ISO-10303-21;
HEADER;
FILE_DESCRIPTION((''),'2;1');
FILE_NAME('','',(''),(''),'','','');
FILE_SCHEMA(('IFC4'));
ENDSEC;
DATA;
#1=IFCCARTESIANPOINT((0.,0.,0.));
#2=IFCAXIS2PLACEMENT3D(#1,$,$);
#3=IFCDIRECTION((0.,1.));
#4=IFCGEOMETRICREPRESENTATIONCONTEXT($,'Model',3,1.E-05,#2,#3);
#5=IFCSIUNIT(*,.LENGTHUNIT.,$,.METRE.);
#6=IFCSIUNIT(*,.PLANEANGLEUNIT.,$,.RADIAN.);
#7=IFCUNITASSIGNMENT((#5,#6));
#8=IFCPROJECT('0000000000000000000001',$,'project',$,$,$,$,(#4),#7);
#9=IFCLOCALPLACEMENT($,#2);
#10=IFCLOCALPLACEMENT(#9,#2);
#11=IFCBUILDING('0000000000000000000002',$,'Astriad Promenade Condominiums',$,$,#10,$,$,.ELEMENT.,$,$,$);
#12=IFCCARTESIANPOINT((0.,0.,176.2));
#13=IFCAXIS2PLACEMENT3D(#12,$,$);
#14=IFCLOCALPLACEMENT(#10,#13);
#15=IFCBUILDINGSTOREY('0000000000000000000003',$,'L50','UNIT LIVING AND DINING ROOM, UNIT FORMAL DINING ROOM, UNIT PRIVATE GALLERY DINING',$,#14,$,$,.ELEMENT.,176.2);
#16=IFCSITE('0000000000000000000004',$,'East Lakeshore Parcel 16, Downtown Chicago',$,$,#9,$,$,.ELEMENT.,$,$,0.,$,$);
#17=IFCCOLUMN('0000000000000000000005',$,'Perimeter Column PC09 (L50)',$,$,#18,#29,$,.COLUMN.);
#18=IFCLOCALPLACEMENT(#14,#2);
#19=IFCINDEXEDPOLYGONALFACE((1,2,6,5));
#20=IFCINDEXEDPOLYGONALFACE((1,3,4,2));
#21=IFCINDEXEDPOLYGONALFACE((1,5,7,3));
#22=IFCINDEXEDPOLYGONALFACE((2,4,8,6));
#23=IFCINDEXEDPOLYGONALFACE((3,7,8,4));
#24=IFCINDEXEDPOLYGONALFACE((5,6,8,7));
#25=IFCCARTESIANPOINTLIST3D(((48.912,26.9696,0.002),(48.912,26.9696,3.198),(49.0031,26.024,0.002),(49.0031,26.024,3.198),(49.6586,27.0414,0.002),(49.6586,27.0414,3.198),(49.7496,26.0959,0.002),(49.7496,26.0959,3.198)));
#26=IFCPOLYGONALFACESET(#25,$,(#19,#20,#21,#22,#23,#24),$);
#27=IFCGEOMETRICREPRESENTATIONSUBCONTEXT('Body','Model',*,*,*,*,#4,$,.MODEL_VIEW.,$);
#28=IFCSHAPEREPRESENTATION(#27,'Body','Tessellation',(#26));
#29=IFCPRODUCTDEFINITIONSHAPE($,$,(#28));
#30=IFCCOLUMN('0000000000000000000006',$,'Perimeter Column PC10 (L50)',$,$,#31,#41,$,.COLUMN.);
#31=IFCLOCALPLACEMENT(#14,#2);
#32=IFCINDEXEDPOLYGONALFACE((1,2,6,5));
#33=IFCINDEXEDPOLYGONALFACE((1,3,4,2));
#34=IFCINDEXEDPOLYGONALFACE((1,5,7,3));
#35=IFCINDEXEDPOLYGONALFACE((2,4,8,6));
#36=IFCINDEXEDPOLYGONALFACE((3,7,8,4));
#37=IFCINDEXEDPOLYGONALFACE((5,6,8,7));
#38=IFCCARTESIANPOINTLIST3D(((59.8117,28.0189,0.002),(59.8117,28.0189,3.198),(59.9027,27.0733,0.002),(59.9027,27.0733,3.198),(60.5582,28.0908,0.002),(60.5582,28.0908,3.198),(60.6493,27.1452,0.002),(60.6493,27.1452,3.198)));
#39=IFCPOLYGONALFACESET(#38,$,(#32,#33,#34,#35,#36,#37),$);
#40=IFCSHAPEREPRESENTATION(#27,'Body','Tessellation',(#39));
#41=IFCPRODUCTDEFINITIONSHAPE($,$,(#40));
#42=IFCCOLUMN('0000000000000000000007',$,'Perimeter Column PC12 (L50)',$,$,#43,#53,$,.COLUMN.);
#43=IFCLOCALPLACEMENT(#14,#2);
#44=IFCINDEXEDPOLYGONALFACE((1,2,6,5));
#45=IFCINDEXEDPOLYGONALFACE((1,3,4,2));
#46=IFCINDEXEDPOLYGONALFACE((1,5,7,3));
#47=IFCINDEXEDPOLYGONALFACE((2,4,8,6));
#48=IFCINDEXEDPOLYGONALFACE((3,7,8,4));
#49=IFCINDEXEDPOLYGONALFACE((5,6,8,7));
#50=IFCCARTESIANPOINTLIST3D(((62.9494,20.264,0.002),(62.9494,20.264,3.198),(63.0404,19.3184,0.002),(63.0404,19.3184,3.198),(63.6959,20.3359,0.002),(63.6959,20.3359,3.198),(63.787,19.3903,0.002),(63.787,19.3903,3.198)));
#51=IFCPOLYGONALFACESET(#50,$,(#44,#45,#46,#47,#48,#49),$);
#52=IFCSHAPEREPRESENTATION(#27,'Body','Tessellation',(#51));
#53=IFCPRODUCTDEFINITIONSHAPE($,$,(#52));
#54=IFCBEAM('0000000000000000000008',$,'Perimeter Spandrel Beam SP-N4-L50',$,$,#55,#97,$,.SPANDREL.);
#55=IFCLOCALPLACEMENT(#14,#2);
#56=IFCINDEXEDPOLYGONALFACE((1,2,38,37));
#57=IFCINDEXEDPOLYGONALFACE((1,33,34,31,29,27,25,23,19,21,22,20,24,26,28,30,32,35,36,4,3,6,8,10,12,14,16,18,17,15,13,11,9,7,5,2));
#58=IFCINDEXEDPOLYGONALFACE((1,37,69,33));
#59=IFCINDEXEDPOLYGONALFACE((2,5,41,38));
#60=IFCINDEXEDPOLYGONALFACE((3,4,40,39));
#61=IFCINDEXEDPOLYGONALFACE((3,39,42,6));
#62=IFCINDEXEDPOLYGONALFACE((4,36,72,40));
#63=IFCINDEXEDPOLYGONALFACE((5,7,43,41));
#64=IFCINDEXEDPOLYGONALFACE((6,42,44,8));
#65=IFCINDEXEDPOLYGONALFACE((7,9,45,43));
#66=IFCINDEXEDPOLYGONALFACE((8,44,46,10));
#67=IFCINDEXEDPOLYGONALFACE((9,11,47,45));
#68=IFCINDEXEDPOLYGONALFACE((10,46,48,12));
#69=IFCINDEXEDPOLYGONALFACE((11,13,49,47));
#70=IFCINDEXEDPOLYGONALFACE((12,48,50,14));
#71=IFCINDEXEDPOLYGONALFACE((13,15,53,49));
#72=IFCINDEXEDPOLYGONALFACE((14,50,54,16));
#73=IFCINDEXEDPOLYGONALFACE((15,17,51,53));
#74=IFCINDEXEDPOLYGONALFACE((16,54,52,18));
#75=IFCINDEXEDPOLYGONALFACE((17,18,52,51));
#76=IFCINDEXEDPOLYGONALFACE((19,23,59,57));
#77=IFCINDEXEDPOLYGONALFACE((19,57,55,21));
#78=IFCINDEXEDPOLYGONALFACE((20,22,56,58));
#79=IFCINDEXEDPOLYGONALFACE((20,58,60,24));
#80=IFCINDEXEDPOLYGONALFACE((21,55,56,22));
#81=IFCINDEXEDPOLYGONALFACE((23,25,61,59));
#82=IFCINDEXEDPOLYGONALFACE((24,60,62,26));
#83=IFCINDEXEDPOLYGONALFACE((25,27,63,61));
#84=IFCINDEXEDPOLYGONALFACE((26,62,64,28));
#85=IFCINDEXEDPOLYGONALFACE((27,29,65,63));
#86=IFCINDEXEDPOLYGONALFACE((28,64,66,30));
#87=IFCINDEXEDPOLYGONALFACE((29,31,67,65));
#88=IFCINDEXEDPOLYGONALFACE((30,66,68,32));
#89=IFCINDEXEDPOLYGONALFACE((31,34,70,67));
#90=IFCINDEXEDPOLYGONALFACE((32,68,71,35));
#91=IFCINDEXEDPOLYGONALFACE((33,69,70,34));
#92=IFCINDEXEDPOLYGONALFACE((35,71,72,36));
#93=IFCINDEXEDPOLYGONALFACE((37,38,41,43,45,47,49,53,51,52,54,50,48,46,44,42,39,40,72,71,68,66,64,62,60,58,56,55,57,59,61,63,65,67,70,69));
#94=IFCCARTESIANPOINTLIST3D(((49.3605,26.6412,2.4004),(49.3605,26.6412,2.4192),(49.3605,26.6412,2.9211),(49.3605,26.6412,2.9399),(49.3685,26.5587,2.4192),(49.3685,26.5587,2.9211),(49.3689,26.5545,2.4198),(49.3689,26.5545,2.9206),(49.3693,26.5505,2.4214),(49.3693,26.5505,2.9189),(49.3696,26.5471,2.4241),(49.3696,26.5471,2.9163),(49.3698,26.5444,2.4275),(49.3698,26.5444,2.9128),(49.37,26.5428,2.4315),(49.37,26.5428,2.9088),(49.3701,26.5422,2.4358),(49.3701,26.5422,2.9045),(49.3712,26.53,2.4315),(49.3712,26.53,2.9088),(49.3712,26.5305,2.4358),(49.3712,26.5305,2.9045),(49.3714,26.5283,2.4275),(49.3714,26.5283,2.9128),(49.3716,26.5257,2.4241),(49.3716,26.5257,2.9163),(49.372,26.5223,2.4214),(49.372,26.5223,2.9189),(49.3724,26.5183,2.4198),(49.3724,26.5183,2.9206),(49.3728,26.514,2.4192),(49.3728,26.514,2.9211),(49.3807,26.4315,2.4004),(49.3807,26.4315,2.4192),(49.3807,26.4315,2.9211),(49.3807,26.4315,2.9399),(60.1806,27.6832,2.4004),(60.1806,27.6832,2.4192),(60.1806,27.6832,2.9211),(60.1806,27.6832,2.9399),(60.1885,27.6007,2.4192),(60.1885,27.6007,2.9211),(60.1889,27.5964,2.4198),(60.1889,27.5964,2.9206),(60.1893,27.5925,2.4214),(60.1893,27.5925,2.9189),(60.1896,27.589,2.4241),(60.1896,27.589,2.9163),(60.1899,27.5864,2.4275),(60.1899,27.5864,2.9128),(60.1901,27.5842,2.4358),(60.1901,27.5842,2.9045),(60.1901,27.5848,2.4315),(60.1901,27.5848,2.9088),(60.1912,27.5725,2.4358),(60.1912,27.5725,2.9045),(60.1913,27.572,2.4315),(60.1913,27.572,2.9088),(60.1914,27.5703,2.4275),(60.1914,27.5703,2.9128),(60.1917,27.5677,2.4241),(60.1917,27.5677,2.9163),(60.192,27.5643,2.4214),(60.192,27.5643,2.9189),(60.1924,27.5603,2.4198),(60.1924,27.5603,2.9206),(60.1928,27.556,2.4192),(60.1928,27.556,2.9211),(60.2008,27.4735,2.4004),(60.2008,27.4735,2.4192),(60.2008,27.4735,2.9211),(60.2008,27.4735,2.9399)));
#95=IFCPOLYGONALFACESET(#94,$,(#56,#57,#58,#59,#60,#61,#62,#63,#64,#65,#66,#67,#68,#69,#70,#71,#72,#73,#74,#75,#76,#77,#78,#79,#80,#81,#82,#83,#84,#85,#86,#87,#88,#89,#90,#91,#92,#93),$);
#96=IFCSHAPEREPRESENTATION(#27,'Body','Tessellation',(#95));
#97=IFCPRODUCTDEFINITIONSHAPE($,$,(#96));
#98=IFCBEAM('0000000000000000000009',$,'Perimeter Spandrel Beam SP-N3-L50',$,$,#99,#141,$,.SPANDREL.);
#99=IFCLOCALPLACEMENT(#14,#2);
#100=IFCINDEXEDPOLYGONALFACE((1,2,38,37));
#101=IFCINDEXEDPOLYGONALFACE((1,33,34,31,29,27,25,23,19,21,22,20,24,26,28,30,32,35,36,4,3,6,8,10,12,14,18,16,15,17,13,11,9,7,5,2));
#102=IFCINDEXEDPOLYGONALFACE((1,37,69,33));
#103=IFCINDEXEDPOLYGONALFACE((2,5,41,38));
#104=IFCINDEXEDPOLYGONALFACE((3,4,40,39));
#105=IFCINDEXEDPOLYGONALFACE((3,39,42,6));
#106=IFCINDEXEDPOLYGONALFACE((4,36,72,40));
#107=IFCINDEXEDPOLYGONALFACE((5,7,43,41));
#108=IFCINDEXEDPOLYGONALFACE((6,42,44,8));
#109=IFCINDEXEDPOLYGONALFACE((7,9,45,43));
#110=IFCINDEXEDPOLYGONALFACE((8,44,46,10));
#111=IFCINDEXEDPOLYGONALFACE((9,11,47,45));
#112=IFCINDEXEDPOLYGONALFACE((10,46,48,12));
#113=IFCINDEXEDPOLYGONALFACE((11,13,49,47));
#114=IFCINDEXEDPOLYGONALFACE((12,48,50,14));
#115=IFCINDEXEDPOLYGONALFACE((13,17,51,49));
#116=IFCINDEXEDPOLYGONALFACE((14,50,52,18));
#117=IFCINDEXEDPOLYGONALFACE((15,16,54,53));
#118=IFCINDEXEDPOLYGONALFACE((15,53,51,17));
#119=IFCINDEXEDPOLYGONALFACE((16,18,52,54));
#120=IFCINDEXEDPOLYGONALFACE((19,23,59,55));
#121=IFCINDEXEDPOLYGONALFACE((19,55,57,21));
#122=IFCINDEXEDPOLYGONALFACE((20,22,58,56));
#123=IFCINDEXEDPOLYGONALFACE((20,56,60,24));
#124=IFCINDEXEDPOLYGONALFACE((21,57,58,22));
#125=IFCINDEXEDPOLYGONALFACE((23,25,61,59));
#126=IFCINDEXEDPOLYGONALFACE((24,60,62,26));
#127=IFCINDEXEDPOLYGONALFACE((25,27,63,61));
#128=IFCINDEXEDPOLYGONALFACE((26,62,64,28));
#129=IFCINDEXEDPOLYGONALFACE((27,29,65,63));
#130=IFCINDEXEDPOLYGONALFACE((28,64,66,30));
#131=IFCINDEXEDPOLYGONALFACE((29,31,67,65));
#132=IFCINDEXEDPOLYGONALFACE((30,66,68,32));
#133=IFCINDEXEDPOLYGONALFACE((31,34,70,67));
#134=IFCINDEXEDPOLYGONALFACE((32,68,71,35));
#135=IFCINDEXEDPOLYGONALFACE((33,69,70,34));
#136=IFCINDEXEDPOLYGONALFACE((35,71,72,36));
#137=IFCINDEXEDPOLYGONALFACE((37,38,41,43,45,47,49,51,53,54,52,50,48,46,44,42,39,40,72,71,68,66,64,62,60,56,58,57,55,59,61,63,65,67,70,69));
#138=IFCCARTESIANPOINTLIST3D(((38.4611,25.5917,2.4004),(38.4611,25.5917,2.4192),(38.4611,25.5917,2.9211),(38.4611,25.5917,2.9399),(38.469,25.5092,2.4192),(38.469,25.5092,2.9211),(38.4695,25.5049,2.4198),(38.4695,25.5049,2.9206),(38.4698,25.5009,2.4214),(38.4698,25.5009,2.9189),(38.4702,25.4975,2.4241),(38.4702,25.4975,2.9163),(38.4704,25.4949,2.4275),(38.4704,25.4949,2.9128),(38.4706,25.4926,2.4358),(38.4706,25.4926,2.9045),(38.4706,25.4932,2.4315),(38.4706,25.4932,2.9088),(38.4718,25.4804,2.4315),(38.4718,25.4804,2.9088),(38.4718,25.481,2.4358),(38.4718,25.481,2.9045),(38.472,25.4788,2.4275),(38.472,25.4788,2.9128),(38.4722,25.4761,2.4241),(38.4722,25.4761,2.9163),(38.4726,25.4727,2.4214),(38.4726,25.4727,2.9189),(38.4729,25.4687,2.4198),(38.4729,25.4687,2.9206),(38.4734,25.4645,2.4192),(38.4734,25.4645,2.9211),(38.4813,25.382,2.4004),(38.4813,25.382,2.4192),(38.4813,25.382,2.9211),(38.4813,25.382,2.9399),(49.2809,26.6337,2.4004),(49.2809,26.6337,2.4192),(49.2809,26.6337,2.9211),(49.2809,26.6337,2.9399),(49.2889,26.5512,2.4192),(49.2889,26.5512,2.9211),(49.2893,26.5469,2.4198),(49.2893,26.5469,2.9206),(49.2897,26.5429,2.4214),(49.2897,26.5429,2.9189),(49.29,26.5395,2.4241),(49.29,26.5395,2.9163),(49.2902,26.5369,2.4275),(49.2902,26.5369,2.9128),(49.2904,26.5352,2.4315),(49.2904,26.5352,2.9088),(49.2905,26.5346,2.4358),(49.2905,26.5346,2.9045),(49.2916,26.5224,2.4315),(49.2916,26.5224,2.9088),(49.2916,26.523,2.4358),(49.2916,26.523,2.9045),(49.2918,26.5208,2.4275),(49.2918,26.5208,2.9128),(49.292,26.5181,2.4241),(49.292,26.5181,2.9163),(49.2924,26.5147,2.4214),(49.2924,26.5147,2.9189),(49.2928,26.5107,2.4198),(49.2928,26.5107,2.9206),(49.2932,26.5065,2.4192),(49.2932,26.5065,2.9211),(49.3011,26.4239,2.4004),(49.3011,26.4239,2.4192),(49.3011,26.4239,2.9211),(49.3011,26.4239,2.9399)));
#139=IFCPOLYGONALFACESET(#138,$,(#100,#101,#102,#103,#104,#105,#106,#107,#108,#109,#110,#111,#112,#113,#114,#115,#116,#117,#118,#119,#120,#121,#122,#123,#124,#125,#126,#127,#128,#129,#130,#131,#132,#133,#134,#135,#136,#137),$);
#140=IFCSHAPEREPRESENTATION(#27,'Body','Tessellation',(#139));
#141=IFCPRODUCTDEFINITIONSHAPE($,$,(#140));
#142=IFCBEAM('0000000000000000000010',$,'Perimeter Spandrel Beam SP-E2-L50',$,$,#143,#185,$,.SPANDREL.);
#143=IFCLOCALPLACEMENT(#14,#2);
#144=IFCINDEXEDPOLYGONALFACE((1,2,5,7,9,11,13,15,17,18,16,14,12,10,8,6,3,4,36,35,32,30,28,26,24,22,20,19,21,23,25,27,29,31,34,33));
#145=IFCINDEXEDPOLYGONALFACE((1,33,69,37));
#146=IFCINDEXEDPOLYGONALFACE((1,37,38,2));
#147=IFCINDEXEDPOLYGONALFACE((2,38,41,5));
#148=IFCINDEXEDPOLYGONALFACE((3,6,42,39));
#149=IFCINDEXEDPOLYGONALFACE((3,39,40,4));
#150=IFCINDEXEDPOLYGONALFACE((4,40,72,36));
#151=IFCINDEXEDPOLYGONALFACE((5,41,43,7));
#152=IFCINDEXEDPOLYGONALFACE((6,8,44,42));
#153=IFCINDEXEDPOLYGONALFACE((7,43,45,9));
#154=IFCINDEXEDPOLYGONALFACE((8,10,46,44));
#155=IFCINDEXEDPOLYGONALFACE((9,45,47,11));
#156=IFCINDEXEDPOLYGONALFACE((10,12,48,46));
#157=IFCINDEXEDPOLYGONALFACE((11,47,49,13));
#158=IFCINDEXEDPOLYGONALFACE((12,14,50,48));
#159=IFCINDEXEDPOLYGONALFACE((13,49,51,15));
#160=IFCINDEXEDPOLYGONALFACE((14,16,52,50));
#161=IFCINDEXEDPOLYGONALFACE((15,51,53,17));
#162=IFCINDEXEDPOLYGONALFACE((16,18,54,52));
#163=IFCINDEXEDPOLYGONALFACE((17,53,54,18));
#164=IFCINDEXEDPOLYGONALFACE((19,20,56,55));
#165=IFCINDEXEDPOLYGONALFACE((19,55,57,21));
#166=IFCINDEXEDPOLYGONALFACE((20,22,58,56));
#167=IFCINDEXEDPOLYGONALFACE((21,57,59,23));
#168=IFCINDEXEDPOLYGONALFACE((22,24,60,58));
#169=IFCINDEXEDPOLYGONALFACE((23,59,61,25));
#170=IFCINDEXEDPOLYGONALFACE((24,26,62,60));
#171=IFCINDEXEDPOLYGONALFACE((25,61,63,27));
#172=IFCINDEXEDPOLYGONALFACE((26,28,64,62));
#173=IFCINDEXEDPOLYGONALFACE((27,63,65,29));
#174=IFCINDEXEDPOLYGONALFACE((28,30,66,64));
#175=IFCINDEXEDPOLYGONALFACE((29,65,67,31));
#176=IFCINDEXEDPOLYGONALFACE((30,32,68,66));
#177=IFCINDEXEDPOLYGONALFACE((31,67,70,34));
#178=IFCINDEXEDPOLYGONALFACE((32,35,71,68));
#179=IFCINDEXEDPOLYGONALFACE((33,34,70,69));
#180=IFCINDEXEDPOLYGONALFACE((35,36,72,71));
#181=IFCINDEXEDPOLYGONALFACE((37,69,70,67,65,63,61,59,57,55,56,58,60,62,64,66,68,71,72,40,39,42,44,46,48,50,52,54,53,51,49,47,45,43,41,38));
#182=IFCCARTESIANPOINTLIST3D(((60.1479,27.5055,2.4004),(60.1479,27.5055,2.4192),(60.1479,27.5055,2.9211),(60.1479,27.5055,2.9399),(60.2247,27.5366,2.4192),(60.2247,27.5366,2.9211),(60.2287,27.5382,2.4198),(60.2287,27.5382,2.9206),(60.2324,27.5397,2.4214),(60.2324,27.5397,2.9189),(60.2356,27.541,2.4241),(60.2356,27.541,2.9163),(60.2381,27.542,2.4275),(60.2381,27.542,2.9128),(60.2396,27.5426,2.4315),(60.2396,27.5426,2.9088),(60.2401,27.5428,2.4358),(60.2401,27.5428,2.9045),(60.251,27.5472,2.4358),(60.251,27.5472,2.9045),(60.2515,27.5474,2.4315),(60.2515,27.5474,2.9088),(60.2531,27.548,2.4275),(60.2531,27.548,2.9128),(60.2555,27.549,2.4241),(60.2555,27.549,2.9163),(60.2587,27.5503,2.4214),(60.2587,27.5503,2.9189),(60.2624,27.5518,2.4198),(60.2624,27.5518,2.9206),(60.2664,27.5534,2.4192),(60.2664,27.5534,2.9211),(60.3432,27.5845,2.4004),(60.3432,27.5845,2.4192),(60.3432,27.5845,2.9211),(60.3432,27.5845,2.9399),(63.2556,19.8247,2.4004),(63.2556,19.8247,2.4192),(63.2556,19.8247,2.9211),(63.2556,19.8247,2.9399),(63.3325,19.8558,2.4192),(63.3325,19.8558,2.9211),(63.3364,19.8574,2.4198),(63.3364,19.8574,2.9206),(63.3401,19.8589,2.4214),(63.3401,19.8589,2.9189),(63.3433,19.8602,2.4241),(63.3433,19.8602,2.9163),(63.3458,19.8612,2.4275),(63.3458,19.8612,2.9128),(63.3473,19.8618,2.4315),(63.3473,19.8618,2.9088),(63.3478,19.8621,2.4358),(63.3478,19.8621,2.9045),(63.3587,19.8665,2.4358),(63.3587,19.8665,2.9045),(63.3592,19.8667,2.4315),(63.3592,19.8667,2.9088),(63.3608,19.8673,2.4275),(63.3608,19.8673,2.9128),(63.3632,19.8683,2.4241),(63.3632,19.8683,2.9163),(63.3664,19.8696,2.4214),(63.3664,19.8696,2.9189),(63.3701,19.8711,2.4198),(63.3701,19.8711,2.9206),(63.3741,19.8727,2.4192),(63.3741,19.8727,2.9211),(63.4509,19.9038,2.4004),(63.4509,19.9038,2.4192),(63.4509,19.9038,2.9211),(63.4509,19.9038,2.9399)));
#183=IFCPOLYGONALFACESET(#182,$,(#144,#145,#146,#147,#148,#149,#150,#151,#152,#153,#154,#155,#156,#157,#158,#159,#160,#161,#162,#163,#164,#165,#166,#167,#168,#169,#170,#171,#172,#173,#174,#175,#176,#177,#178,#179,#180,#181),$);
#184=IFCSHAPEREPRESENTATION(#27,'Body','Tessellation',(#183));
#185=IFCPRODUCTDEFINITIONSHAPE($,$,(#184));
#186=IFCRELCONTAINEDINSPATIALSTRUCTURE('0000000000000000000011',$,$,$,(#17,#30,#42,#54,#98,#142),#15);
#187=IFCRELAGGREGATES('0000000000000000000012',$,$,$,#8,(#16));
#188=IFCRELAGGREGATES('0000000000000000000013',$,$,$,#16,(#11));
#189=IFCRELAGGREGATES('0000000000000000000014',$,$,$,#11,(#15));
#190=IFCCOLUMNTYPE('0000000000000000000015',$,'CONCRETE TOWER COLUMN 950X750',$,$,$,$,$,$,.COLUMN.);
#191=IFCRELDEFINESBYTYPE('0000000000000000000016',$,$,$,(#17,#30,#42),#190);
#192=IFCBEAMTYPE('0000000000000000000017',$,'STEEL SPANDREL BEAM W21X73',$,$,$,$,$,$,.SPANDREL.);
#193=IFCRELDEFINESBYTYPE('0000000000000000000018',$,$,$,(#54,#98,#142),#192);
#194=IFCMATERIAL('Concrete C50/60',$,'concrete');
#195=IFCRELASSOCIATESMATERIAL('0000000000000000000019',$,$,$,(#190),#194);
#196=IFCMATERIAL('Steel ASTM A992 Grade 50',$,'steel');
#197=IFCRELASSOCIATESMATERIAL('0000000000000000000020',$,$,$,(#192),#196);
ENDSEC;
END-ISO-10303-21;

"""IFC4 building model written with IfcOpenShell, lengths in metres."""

from ifc_helpers import new_model, si_unit, direction, frame, origin, origin_2d, place, context, subcontext, project, spatial, rectangle, i_section, extrude, source, transform, mapped, material, material_profile, profile_set, type_object, type_shapes, element, save


model = new_model("IFC4")

# Units and contexts
model_context = context("Model", 3, precision=1e-05, world=origin(), true_north=direction((0.0, 1.0)))
body_context = subcontext(model_context, "Body", "Model", "MODEL_VIEW")
ifc_project = project(units=[si_unit("LENGTHUNIT", "METRE"), si_unit("PLANEANGLEUNIT", "RADIAN")], contexts=[model_context])

# Site, building, storey
site_placement = place(None, origin())
site = spatial("IfcSite", under=ifc_project, at=site_placement, Name="East Lakeshore Parcel 16, Downtown Chicago", CompositionType="ELEMENT", RefElevation=0.0)
building_placement = place(site_placement, origin())
building = spatial("IfcBuilding", under=site, at=building_placement, Name="Astriad Promenade Condominiums", CompositionType="ELEMENT")
storey_placement = place(building_placement, frame((0.0, 0.0, 176.2)))
storey = spatial("IfcBuildingStorey", under=building, at=storey_placement, Name="L50", Description="UNIT LIVING AND DINING ROOM, UNIT FORMAL DINING ROOM, UNIT PRIVATE GALLERY DINING", CompositionType="ELEMENT", Elevation=176.2)

# Columns
ifc_material_1 = material(Name="Concrete C50/60", Category="concrete")
ifc_material_profile_1 = material_profile(ifc_material_1, rectangle(XDim=0.75, YDim=0.95, at=origin_2d()), Name="RC-COL-950X750")
ifc_profile_set_1 = profile_set([ifc_material_profile_1], Name="Concrete C50/60")
column_type = type_object("IfcColumnType", Name="CONCRETE TOWER COLUMN 950X750", PredefinedType="COLUMN", material=ifc_profile_set_1)
shared_shape_1 = source(origin(), body_context, "Body", "SweptSolid", [
    extrude(rectangle(XDim=0.75, YDim=0.95, at=origin_2d()), origin(), (0.0, 0.0, 1.0), 3.196),
])
type_shapes(column_type, [shared_shape_1])
for number, where, z_axis, x_axis, name in (
    (1, (49.3308, 26.5327, 0.002), (0.0, 0.0, 1.0), (0.995396, 0.095846, 0.0), "Perimeter Column PC09 (L50)"),
    (2, (60.2305, 27.582, 0.002), (0.0, 0.0, 1.0), (0.995396, 0.095846, 0.0), "Perimeter Column PC10 (L50)"),
    (3, (63.3682, 19.8271, 0.002), (0.0, 0.0, 1.0), (0.995396, 0.095846, 0.0), "Perimeter Column PC12 (L50)"),
):
    element("IfcColumn", number, at=place(storey_placement, frame(where, z_axis=z_axis, x_axis=x_axis)), inside=storey, type_object=column_type, Name=name, PredefinedType="COLUMN", context=body_context, shape_type="MappedRepresentation", body=[
        mapped(shared_shape_1, transform((0.0, 0.0, 0.0), scale=1.0)),
    ])

# Beams
ifc_material_2 = material(Name="Steel ASTM A992 Grade 50", Category="steel")
ifc_material_profile_2 = material_profile(ifc_material_2, i_section(OverallWidth=0.2107, OverallDepth=0.5396, WebThickness=0.0117, FlangeThickness=0.0188, FilletRadius=0.0166, at=origin_2d()), Name="W21X73")
ifc_profile_set_2 = profile_set([ifc_material_profile_2], Name="Steel ASTM A992 Grade 50")
beam_type_1 = type_object("IfcBeamType", Name="STEEL SPANDREL BEAM W21X73", PredefinedType="SPANDREL", material=ifc_profile_set_2)
shared_shape_2 = source(origin(), body_context, "Body", "SweptSolid", [
    extrude(i_section(OverallWidth=0.2107, OverallDepth=0.5396, WebThickness=0.0117, FlangeThickness=0.0188, FilletRadius=0.0166, at=origin_2d()), origin(), (0.0, 0.0, 1.0), 10.8701),
])
beam_1_placement = place(storey_placement, frame((60.1907, 27.5784, 2.6702), z_axis=(-0.995395, -0.095858, 0.0), x_axis=(0.095858, -0.995395, 0.0)))
element("IfcBeam", 4, at=beam_1_placement, inside=storey, type_object=beam_type_1, Name="Perimeter Spandrel Beam SP-N4-L50", PredefinedType="SPANDREL", context=body_context, shape_type="MappedRepresentation", body=[
    mapped(shared_shape_2, transform((0.0, 0.0, 0.0), scale=1.0)),
])
shared_shape_3 = source(origin(), body_context, "Body", "SweptSolid", [
    extrude(i_section(OverallWidth=0.2107, OverallDepth=0.5396, WebThickness=0.0117, FlangeThickness=0.0188, FilletRadius=0.0166, at=origin_2d()), origin(), (0.0, 0.0, 1.0), 10.8699),
])
beam_2_placement = place(storey_placement, frame((49.291, 26.5288, 2.6702), z_axis=(-0.995395, -0.09586, 0.0), x_axis=(0.09586, -0.995395, 0.0)))
element("IfcBeam", 5, at=beam_2_placement, inside=storey, type_object=beam_type_1, Name="Perimeter Spandrel Beam SP-N3-L50", PredefinedType="SPANDREL", context=body_context, shape_type="MappedRepresentation", body=[
    mapped(shared_shape_3, transform((0.0, 0.0, 0.0), scale=1.0)),
])
shared_shape_4 = source(origin(), body_context, "Body", "SweptSolid", [
    extrude(i_section(OverallWidth=0.2107, OverallDepth=0.5396, WebThickness=0.0117, FlangeThickness=0.0188, FilletRadius=0.0166, at=origin_2d()), origin(), (0.0, 0.0, 1.0), 8.2856),
])
type_shapes(beam_type_1, [shared_shape_2, shared_shape_3, shared_shape_4])
beam_3_placement = place(storey_placement, frame((63.3533, 19.8643, 2.6702), z_axis=(-0.375071, 0.926996, 0.0), x_axis=(-0.926996, -0.375071, 0.0)))
element("IfcBeam", 6, at=beam_3_placement, inside=storey, type_object=beam_type_1, Name="Perimeter Spandrel Beam SP-E2-L50", PredefinedType="SPANDREL", context=body_context, shape_type="MappedRepresentation", body=[
    mapped(shared_shape_4, transform((0.0, 0.0, 0.0), scale=1.0)),
])

save(model, "model.ifc")
